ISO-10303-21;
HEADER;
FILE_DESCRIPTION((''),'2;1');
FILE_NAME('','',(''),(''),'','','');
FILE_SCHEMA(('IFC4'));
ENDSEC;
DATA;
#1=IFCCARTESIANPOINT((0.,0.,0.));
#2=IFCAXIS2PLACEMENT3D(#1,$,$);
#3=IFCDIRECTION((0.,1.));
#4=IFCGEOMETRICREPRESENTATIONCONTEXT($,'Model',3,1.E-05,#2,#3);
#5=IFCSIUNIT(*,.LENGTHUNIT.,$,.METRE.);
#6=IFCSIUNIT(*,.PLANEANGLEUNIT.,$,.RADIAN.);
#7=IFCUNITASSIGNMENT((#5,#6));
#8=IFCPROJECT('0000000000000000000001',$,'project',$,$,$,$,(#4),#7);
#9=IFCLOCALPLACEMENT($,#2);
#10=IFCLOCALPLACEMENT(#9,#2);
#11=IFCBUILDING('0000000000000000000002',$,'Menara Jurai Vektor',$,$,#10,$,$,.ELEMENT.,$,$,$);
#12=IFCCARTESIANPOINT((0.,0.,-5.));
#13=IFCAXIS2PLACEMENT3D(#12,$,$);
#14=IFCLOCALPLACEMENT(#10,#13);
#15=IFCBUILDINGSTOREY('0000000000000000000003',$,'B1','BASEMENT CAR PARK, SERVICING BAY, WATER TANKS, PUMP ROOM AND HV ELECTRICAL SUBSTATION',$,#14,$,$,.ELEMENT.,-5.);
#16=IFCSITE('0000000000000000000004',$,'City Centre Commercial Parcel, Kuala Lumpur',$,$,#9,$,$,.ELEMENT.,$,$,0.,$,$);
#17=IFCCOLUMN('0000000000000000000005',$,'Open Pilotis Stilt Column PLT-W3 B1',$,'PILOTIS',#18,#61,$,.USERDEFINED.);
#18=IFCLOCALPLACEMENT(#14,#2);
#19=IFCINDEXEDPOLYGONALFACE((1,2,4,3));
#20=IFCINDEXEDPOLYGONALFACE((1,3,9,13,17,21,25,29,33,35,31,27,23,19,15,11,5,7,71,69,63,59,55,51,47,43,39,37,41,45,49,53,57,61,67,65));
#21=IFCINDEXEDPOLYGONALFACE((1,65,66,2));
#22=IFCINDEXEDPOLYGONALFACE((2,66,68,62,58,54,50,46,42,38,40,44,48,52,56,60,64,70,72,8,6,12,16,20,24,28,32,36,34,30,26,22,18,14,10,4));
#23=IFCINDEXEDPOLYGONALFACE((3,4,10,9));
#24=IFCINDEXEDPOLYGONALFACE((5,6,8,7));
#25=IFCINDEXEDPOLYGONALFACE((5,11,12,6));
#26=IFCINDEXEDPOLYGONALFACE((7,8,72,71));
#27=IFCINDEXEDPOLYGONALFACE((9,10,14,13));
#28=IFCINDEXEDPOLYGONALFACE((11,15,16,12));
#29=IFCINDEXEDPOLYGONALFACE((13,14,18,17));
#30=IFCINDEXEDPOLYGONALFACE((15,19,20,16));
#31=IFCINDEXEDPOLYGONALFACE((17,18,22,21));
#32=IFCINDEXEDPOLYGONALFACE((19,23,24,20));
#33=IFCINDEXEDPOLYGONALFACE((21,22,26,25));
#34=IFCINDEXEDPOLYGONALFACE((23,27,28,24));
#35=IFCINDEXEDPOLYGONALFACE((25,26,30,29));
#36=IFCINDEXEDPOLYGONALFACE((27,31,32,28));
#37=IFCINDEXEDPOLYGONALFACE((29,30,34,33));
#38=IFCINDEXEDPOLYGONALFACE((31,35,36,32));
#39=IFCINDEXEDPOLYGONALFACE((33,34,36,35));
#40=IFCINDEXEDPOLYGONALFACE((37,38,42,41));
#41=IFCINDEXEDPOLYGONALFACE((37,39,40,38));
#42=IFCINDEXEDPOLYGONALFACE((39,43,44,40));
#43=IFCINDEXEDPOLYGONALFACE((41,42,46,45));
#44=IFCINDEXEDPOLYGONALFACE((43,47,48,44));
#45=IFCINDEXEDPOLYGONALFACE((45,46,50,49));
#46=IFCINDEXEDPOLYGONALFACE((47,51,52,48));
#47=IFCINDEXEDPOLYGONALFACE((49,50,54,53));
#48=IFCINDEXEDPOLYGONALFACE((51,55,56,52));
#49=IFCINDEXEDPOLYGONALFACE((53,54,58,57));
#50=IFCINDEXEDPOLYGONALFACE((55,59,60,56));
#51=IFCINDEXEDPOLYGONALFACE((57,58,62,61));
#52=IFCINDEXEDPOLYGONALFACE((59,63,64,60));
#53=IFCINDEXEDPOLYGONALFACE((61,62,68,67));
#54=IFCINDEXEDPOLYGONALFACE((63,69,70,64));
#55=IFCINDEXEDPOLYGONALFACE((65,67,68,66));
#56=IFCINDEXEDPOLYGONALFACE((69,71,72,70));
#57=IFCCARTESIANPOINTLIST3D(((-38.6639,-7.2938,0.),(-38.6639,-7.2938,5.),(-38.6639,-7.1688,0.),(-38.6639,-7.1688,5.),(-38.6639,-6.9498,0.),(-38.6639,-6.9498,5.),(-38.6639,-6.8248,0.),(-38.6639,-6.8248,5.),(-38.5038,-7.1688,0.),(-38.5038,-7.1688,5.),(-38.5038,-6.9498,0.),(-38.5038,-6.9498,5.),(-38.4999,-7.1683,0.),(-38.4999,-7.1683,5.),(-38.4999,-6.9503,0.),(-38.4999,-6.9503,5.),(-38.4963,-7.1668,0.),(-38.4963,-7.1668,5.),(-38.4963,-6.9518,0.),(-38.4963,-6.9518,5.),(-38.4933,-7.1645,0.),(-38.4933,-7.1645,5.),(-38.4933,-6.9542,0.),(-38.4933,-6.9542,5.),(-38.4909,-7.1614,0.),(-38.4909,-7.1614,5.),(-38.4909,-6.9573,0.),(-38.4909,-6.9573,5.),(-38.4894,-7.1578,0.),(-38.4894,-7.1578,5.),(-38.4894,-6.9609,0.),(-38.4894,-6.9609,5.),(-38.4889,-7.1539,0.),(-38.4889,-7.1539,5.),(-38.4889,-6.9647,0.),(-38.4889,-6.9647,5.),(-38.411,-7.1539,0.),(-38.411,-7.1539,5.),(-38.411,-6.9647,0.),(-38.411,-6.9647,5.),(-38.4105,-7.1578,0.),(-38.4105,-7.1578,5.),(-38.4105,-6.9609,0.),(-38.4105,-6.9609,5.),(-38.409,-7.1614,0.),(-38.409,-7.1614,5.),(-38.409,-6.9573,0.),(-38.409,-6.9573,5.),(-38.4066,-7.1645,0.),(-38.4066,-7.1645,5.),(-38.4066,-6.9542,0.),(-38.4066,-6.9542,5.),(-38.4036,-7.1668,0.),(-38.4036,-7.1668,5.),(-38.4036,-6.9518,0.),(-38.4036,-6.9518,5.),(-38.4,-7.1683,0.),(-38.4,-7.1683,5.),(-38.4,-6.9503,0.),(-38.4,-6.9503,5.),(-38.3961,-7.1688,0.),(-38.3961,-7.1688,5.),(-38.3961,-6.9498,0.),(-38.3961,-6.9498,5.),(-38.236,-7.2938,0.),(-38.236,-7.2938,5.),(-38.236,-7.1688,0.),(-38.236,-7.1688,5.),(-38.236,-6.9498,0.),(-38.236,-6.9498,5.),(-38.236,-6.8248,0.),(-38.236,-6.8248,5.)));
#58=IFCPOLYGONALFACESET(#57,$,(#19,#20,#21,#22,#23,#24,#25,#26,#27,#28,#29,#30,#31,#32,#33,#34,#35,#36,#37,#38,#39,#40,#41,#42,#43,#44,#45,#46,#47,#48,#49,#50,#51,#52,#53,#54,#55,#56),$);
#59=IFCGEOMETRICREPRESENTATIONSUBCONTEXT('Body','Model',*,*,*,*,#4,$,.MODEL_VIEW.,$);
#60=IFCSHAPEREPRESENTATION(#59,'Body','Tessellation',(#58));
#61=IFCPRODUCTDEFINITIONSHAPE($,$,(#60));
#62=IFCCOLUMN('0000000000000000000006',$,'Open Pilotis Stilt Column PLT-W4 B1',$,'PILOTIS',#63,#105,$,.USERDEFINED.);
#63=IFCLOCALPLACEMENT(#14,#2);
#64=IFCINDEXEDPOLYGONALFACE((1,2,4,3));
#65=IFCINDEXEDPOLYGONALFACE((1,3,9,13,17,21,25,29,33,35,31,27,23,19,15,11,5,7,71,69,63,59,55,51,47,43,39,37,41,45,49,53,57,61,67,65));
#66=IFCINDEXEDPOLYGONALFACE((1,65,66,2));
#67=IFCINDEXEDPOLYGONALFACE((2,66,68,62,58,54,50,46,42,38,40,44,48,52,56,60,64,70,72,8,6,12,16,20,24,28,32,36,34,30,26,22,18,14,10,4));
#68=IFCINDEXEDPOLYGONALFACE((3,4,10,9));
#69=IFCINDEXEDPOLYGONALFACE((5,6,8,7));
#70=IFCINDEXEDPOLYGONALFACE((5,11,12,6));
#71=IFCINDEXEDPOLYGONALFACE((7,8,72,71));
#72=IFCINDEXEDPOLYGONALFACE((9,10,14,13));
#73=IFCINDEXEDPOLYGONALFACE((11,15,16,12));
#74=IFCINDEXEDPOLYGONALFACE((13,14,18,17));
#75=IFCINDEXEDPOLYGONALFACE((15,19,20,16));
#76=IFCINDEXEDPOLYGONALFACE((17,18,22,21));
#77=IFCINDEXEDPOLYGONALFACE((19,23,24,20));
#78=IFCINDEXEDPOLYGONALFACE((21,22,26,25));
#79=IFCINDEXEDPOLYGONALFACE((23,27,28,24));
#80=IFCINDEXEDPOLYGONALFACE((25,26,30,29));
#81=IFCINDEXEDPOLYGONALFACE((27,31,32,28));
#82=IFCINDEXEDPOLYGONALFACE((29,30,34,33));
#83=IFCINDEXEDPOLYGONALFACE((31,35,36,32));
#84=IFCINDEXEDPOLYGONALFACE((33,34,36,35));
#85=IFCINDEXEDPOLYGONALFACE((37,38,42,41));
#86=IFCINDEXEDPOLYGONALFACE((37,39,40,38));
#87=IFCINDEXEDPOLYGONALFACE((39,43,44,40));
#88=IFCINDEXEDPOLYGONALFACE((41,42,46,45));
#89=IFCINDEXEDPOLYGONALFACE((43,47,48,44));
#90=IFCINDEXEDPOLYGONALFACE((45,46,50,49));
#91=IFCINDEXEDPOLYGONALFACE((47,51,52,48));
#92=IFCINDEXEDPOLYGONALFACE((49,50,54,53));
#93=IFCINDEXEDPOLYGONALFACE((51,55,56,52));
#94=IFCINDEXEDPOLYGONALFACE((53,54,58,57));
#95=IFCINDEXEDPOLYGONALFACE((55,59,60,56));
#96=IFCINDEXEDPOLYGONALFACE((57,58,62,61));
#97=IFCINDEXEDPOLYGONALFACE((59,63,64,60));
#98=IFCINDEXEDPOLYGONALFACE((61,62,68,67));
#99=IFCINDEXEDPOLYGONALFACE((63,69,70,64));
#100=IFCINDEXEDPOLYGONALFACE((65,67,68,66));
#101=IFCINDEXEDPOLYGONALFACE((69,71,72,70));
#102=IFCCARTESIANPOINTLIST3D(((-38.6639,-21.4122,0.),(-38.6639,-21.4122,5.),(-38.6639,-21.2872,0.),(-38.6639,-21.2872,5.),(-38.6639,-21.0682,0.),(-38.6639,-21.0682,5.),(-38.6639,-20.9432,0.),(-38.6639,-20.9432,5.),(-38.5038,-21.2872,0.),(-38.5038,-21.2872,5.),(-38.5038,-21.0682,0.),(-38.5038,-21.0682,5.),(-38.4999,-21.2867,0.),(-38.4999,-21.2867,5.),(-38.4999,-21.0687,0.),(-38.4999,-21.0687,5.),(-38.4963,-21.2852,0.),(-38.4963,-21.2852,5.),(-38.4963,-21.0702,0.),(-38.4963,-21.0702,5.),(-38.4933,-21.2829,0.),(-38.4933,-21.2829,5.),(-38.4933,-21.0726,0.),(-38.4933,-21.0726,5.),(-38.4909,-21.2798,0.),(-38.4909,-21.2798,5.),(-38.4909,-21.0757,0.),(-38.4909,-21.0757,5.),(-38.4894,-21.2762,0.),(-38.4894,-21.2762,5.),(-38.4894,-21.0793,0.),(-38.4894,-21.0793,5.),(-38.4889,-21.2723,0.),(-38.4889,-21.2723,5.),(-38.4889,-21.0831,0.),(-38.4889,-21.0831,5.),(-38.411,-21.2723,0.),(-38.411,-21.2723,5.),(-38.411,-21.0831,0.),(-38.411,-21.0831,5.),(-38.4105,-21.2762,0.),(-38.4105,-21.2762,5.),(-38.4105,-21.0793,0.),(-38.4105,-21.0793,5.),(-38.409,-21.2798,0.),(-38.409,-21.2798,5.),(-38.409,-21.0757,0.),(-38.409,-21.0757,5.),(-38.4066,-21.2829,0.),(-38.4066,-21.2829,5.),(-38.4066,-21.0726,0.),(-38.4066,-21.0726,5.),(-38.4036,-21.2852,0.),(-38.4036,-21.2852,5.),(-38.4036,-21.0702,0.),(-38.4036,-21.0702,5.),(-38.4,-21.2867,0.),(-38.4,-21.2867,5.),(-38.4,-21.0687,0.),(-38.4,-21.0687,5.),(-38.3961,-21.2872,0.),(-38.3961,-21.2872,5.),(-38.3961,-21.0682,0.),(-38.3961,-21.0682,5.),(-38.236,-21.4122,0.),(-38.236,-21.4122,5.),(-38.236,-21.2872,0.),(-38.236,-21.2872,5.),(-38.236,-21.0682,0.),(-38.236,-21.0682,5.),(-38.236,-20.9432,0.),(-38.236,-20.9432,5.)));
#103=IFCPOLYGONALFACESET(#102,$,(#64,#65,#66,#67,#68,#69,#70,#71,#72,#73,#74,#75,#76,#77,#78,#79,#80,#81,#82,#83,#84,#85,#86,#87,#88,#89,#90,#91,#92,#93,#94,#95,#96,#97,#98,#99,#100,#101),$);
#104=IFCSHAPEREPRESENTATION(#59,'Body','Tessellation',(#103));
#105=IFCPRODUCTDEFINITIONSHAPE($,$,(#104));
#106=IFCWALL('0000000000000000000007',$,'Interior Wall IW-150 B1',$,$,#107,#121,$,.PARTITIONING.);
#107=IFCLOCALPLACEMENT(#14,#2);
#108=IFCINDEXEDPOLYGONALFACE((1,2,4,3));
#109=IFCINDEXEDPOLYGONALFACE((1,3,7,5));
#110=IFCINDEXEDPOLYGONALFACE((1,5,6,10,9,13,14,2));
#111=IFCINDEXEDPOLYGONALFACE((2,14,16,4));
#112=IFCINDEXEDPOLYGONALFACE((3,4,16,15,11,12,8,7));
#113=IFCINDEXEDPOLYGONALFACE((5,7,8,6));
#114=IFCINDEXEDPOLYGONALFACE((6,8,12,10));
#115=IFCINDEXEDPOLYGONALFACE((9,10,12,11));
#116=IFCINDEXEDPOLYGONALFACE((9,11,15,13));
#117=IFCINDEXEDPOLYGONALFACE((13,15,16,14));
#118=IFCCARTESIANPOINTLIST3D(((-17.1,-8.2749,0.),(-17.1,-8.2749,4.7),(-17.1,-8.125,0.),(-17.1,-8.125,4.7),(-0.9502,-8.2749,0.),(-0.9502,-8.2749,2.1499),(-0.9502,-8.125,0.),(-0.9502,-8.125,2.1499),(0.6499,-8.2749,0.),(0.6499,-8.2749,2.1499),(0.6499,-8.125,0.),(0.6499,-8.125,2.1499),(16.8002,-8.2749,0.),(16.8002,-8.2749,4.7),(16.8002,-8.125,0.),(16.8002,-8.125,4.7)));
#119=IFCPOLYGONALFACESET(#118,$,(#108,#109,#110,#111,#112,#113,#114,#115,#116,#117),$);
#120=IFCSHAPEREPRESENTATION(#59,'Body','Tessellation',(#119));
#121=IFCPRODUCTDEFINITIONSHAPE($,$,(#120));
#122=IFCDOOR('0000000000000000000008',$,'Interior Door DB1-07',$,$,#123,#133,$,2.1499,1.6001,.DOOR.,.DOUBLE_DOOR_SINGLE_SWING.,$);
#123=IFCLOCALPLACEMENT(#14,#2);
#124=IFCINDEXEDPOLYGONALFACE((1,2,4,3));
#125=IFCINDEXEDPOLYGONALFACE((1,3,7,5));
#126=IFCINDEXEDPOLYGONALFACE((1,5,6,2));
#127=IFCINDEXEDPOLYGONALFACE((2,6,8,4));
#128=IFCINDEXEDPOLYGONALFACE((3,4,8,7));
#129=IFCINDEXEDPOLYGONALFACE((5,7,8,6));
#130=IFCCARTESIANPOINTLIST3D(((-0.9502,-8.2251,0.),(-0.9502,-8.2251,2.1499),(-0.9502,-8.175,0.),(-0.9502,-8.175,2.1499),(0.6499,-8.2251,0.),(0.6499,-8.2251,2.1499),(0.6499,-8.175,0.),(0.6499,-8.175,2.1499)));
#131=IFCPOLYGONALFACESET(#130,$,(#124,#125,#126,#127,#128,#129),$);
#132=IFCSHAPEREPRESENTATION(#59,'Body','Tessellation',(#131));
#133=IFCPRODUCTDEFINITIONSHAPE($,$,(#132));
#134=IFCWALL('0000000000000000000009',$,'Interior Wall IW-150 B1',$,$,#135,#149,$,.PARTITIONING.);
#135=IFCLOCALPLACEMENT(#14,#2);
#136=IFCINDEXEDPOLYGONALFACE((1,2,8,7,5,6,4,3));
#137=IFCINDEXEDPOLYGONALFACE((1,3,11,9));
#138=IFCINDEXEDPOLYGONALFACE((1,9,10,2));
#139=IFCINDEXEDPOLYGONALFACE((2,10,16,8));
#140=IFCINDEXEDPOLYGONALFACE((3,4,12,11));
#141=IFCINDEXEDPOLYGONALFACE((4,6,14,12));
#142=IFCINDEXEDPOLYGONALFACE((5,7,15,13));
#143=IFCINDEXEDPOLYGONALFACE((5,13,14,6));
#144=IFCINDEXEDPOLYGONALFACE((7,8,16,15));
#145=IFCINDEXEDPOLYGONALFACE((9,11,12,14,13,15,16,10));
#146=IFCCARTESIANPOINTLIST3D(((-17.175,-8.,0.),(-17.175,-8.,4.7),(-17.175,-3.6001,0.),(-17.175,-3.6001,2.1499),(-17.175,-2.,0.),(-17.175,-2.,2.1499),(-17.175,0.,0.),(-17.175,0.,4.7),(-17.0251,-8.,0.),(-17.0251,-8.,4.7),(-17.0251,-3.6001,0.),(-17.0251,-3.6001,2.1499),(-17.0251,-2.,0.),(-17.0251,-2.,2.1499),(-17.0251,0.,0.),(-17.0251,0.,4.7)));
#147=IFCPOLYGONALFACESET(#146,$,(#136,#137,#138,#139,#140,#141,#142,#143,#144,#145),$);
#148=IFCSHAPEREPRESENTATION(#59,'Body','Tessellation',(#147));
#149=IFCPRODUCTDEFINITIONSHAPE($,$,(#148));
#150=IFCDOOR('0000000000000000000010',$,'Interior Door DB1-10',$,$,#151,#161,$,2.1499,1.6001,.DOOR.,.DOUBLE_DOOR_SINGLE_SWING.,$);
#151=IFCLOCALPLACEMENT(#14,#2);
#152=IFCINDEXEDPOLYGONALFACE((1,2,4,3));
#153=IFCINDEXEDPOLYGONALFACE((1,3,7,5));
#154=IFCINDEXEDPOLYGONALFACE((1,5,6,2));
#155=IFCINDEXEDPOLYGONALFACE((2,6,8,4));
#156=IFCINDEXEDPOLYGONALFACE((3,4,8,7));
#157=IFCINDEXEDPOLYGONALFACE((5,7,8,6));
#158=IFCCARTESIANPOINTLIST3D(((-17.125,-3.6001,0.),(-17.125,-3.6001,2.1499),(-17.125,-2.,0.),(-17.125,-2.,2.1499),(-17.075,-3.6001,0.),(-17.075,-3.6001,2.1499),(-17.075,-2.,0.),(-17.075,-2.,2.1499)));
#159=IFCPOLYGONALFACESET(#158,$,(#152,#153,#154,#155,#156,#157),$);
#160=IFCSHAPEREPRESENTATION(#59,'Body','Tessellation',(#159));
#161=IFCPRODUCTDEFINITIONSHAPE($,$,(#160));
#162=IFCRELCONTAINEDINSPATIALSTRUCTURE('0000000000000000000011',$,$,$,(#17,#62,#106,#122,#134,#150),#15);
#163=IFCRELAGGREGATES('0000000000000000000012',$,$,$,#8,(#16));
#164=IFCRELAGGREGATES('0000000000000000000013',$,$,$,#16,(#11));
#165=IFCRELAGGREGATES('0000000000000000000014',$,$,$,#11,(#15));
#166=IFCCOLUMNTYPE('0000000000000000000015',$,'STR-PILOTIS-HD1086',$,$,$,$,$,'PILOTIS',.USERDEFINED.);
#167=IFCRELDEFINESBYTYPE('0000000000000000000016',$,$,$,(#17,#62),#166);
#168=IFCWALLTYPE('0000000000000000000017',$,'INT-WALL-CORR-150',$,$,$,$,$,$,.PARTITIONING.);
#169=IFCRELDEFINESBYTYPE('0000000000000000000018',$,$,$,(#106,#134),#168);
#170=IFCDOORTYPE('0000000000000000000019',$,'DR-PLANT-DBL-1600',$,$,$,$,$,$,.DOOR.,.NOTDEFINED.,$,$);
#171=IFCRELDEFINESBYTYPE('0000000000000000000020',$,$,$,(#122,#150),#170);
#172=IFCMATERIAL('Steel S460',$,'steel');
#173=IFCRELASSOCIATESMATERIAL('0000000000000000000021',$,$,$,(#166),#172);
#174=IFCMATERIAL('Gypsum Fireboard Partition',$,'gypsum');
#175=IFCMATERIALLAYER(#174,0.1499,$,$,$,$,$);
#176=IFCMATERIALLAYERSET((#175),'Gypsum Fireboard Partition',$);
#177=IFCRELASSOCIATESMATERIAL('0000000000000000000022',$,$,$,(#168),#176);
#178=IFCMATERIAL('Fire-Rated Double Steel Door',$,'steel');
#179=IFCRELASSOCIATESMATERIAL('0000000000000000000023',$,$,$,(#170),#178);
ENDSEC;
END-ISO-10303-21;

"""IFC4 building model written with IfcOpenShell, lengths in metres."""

from ifc_helpers import new_model, si_unit, direction, frame, frame_2d, origin, origin_2d, place, context, subcontext, project, spatial, rectangle, i_section, extrude, material, layer, layer_set, material_profile, profile_set, type_object, element, fill, save


model = new_model("IFC4")

# Units and contexts
model_context = context("Model", 3, precision=1e-05, world=origin(), true_north=direction((0.0, 1.0)))
body_context = subcontext(model_context, "Body", "Model", "MODEL_VIEW")
ifc_project = project(units=[si_unit("LENGTHUNIT", "METRE"), si_unit("PLANEANGLEUNIT", "RADIAN")], contexts=[model_context])

# Site, building, storey
site_placement = place(None, origin())
site = spatial("IfcSite", under=ifc_project, at=site_placement, Name="City Centre Commercial Parcel, Kuala Lumpur", CompositionType="ELEMENT", RefElevation=0.0)
building_placement = place(site_placement, origin())
building = spatial("IfcBuilding", under=site, at=building_placement, Name="Menara Jurai Vektor", CompositionType="ELEMENT")
storey_placement = place(building_placement, frame((0.0, 0.0, -5.0)))
storey = spatial("IfcBuildingStorey", under=building, at=storey_placement, Name="B1", Description="BASEMENT CAR PARK, SERVICING BAY, WATER TANKS, PUMP ROOM AND HV ELECTRICAL SUBSTATION", CompositionType="ELEMENT", Elevation=-5.0)

# Columns
ifc_material_1 = material(Name="Steel S460", Category="steel")
ifc_material_profile_1 = material_profile(ifc_material_1, i_section(OverallWidth=0.428, OverallDepth=0.469, WebThickness=0.0779, FlangeThickness=0.125, FilletRadius=0.0149, at=origin_2d()), Name="HD 400x1086")
ifc_profile_set_1 = profile_set([ifc_material_profile_1], Name="Steel S460")
column_type_1 = type_object("IfcColumnType", Name="STR-PILOTIS-HD1086", ElementType="PILOTIS", PredefinedType="USERDEFINED", material=ifc_profile_set_1)
for number, where, z_axis, x_axis, name in (
    (1, (-38.45, -7.0593, 0.0), (0.0, 0.0, 1.0), (1.0, 0.0, 0.0), "Open Pilotis Stilt Column PLT-W3 B1"),
    (2, (-38.45, -21.1777, 0.0), (0.0, 0.0, 1.0), (1.0, 0.0, 0.0), "Open Pilotis Stilt Column PLT-W4 B1"),
):
    element("IfcColumn", number, at=place(storey_placement, frame(where, z_axis=z_axis, x_axis=x_axis)), inside=storey, type_object=column_type_1, Name=name, ObjectType="PILOTIS", PredefinedType="USERDEFINED", context=body_context, shape_type="SweptSolid", body=[
        extrude(i_section(OverallWidth=0.428, OverallDepth=0.469, WebThickness=0.0779, FlangeThickness=0.125, FilletRadius=0.0149, at=origin_2d()), origin(), (0.0, 0.0, 1.0), 5.0),
    ])

# Walls, openings, doors
ifc_material_2 = material(Name="Gypsum Fireboard Partition", Category="gypsum")
ifc_layer_1 = layer(ifc_material_2, 0.1499)
ifc_layer_set_1 = layer_set([ifc_layer_1], Name="Gypsum Fireboard Partition")
wall_type_1 = type_object("IfcWallType", Name="INT-WALL-CORR-150", PredefinedType="PARTITIONING", material=ifc_layer_set_1)
wall_1_placement = place(storey_placement, frame((-17.1001, -8.2, 0.0), z_axis=(0.0, 0.0, 1.0), x_axis=(1.0, 0.0, 0.0)))
wall_1 = element("IfcWall", 3, at=wall_1_placement, inside=storey, type_object=wall_type_1, Name="Interior Wall IW-150 B1", PredefinedType="PARTITIONING", context=body_context, shape_type="SweptSolid", body=[
    extrude(rectangle(XDim=33.9001, YDim=0.1499, at=frame_2d((16.9502, 0.0))), origin(), (0.0, 0.0, 1.0), 4.7),
])
opening_1_placement = place(wall_1_placement, frame((16.1499, 0.0, 0.0)))
opening_1 = element("IfcOpeningElement", 4, at=opening_1_placement, cuts=wall_1, PredefinedType="OPENING", context=body_context, shape_type="SweptSolid", body=[
    extrude(rectangle(XDim=1.6001, YDim=2.1499, at=frame_2d((0.8, 1.075))), frame((0.0, 0.085, 0.0), z_axis=(0.0, -1.0, 0.0), x_axis=(1.0, 0.0, 0.0)), (0.0, 0.0, 1.0), 0.1699),
])
ifc_material_3 = material(Name="Fire-Rated Double Steel Door", Category="steel")
door_type_1 = type_object("IfcDoorType", Name="DR-PLANT-DBL-1600", OperationType="NOTDEFINED", PredefinedType="DOOR", material=ifc_material_3)
door_1_placement = place(opening_1_placement, origin())
door_1 = element("IfcDoor", 5, at=door_1_placement, inside=storey, type_object=door_type_1, Name="Interior Door DB1-07", OperationType="DOUBLE_DOOR_SINGLE_SWING", OverallHeight=2.1499, OverallWidth=1.6001, PredefinedType="DOOR", context=body_context, shape_type="SweptSolid", body=[
    extrude(rectangle(XDim=1.6001, YDim=2.1499, at=frame_2d((0.8, 1.075))), frame((0.0, 0.0249, 0.0), z_axis=(0.0, -1.0, 0.0), x_axis=(1.0, 0.0, 0.0)), (0.0, 0.0, 1.0), 0.05),
])
fill(opening_1, door_1)
wall_2_placement = place(storey_placement, frame((-17.1001, -8.0, 0.0), z_axis=(0.0, 0.0, 1.0), x_axis=(0.0, 1.0, 0.0)))
wall_2 = element("IfcWall", 6, at=wall_2_placement, inside=storey, type_object=wall_type_1, Name="Interior Wall IW-150 B1", PredefinedType="PARTITIONING", context=body_context, shape_type="SweptSolid", body=[
    extrude(rectangle(XDim=8.0, YDim=0.1499, at=frame_2d((4.0, 0.0))), origin(), (0.0, 0.0, 1.0), 4.7),
])
opening_2_placement = place(wall_2_placement, frame((4.3999, 0.0, 0.0)))
opening_2 = element("IfcOpeningElement", 7, at=opening_2_placement, cuts=wall_2, PredefinedType="OPENING", context=body_context, shape_type="SweptSolid", body=[
    extrude(rectangle(XDim=1.6001, YDim=2.1499, at=frame_2d((0.8, 1.075))), frame((0.0, 0.085, 0.0), z_axis=(0.0, -1.0, 0.0), x_axis=(1.0, 0.0, 0.0)), (0.0, 0.0, 1.0), 0.1699),
])
door_2_placement = place(opening_2_placement, origin())
door_2 = element("IfcDoor", 8, at=door_2_placement, inside=storey, type_object=door_type_1, Name="Interior Door DB1-10", OperationType="DOUBLE_DOOR_SINGLE_SWING", OverallHeight=2.1499, OverallWidth=1.6001, PredefinedType="DOOR", context=body_context, shape_type="SweptSolid", body=[
    extrude(rectangle(XDim=1.6001, YDim=2.1499, at=frame_2d((0.8, 1.075))), frame((0.0, 0.0249, 0.0), z_axis=(0.0, -1.0, 0.0), x_axis=(1.0, 0.0, 0.0)), (0.0, 0.0, 1.0), 0.05),
])
fill(opening_2, door_2)

save(model, "model.ifc")
